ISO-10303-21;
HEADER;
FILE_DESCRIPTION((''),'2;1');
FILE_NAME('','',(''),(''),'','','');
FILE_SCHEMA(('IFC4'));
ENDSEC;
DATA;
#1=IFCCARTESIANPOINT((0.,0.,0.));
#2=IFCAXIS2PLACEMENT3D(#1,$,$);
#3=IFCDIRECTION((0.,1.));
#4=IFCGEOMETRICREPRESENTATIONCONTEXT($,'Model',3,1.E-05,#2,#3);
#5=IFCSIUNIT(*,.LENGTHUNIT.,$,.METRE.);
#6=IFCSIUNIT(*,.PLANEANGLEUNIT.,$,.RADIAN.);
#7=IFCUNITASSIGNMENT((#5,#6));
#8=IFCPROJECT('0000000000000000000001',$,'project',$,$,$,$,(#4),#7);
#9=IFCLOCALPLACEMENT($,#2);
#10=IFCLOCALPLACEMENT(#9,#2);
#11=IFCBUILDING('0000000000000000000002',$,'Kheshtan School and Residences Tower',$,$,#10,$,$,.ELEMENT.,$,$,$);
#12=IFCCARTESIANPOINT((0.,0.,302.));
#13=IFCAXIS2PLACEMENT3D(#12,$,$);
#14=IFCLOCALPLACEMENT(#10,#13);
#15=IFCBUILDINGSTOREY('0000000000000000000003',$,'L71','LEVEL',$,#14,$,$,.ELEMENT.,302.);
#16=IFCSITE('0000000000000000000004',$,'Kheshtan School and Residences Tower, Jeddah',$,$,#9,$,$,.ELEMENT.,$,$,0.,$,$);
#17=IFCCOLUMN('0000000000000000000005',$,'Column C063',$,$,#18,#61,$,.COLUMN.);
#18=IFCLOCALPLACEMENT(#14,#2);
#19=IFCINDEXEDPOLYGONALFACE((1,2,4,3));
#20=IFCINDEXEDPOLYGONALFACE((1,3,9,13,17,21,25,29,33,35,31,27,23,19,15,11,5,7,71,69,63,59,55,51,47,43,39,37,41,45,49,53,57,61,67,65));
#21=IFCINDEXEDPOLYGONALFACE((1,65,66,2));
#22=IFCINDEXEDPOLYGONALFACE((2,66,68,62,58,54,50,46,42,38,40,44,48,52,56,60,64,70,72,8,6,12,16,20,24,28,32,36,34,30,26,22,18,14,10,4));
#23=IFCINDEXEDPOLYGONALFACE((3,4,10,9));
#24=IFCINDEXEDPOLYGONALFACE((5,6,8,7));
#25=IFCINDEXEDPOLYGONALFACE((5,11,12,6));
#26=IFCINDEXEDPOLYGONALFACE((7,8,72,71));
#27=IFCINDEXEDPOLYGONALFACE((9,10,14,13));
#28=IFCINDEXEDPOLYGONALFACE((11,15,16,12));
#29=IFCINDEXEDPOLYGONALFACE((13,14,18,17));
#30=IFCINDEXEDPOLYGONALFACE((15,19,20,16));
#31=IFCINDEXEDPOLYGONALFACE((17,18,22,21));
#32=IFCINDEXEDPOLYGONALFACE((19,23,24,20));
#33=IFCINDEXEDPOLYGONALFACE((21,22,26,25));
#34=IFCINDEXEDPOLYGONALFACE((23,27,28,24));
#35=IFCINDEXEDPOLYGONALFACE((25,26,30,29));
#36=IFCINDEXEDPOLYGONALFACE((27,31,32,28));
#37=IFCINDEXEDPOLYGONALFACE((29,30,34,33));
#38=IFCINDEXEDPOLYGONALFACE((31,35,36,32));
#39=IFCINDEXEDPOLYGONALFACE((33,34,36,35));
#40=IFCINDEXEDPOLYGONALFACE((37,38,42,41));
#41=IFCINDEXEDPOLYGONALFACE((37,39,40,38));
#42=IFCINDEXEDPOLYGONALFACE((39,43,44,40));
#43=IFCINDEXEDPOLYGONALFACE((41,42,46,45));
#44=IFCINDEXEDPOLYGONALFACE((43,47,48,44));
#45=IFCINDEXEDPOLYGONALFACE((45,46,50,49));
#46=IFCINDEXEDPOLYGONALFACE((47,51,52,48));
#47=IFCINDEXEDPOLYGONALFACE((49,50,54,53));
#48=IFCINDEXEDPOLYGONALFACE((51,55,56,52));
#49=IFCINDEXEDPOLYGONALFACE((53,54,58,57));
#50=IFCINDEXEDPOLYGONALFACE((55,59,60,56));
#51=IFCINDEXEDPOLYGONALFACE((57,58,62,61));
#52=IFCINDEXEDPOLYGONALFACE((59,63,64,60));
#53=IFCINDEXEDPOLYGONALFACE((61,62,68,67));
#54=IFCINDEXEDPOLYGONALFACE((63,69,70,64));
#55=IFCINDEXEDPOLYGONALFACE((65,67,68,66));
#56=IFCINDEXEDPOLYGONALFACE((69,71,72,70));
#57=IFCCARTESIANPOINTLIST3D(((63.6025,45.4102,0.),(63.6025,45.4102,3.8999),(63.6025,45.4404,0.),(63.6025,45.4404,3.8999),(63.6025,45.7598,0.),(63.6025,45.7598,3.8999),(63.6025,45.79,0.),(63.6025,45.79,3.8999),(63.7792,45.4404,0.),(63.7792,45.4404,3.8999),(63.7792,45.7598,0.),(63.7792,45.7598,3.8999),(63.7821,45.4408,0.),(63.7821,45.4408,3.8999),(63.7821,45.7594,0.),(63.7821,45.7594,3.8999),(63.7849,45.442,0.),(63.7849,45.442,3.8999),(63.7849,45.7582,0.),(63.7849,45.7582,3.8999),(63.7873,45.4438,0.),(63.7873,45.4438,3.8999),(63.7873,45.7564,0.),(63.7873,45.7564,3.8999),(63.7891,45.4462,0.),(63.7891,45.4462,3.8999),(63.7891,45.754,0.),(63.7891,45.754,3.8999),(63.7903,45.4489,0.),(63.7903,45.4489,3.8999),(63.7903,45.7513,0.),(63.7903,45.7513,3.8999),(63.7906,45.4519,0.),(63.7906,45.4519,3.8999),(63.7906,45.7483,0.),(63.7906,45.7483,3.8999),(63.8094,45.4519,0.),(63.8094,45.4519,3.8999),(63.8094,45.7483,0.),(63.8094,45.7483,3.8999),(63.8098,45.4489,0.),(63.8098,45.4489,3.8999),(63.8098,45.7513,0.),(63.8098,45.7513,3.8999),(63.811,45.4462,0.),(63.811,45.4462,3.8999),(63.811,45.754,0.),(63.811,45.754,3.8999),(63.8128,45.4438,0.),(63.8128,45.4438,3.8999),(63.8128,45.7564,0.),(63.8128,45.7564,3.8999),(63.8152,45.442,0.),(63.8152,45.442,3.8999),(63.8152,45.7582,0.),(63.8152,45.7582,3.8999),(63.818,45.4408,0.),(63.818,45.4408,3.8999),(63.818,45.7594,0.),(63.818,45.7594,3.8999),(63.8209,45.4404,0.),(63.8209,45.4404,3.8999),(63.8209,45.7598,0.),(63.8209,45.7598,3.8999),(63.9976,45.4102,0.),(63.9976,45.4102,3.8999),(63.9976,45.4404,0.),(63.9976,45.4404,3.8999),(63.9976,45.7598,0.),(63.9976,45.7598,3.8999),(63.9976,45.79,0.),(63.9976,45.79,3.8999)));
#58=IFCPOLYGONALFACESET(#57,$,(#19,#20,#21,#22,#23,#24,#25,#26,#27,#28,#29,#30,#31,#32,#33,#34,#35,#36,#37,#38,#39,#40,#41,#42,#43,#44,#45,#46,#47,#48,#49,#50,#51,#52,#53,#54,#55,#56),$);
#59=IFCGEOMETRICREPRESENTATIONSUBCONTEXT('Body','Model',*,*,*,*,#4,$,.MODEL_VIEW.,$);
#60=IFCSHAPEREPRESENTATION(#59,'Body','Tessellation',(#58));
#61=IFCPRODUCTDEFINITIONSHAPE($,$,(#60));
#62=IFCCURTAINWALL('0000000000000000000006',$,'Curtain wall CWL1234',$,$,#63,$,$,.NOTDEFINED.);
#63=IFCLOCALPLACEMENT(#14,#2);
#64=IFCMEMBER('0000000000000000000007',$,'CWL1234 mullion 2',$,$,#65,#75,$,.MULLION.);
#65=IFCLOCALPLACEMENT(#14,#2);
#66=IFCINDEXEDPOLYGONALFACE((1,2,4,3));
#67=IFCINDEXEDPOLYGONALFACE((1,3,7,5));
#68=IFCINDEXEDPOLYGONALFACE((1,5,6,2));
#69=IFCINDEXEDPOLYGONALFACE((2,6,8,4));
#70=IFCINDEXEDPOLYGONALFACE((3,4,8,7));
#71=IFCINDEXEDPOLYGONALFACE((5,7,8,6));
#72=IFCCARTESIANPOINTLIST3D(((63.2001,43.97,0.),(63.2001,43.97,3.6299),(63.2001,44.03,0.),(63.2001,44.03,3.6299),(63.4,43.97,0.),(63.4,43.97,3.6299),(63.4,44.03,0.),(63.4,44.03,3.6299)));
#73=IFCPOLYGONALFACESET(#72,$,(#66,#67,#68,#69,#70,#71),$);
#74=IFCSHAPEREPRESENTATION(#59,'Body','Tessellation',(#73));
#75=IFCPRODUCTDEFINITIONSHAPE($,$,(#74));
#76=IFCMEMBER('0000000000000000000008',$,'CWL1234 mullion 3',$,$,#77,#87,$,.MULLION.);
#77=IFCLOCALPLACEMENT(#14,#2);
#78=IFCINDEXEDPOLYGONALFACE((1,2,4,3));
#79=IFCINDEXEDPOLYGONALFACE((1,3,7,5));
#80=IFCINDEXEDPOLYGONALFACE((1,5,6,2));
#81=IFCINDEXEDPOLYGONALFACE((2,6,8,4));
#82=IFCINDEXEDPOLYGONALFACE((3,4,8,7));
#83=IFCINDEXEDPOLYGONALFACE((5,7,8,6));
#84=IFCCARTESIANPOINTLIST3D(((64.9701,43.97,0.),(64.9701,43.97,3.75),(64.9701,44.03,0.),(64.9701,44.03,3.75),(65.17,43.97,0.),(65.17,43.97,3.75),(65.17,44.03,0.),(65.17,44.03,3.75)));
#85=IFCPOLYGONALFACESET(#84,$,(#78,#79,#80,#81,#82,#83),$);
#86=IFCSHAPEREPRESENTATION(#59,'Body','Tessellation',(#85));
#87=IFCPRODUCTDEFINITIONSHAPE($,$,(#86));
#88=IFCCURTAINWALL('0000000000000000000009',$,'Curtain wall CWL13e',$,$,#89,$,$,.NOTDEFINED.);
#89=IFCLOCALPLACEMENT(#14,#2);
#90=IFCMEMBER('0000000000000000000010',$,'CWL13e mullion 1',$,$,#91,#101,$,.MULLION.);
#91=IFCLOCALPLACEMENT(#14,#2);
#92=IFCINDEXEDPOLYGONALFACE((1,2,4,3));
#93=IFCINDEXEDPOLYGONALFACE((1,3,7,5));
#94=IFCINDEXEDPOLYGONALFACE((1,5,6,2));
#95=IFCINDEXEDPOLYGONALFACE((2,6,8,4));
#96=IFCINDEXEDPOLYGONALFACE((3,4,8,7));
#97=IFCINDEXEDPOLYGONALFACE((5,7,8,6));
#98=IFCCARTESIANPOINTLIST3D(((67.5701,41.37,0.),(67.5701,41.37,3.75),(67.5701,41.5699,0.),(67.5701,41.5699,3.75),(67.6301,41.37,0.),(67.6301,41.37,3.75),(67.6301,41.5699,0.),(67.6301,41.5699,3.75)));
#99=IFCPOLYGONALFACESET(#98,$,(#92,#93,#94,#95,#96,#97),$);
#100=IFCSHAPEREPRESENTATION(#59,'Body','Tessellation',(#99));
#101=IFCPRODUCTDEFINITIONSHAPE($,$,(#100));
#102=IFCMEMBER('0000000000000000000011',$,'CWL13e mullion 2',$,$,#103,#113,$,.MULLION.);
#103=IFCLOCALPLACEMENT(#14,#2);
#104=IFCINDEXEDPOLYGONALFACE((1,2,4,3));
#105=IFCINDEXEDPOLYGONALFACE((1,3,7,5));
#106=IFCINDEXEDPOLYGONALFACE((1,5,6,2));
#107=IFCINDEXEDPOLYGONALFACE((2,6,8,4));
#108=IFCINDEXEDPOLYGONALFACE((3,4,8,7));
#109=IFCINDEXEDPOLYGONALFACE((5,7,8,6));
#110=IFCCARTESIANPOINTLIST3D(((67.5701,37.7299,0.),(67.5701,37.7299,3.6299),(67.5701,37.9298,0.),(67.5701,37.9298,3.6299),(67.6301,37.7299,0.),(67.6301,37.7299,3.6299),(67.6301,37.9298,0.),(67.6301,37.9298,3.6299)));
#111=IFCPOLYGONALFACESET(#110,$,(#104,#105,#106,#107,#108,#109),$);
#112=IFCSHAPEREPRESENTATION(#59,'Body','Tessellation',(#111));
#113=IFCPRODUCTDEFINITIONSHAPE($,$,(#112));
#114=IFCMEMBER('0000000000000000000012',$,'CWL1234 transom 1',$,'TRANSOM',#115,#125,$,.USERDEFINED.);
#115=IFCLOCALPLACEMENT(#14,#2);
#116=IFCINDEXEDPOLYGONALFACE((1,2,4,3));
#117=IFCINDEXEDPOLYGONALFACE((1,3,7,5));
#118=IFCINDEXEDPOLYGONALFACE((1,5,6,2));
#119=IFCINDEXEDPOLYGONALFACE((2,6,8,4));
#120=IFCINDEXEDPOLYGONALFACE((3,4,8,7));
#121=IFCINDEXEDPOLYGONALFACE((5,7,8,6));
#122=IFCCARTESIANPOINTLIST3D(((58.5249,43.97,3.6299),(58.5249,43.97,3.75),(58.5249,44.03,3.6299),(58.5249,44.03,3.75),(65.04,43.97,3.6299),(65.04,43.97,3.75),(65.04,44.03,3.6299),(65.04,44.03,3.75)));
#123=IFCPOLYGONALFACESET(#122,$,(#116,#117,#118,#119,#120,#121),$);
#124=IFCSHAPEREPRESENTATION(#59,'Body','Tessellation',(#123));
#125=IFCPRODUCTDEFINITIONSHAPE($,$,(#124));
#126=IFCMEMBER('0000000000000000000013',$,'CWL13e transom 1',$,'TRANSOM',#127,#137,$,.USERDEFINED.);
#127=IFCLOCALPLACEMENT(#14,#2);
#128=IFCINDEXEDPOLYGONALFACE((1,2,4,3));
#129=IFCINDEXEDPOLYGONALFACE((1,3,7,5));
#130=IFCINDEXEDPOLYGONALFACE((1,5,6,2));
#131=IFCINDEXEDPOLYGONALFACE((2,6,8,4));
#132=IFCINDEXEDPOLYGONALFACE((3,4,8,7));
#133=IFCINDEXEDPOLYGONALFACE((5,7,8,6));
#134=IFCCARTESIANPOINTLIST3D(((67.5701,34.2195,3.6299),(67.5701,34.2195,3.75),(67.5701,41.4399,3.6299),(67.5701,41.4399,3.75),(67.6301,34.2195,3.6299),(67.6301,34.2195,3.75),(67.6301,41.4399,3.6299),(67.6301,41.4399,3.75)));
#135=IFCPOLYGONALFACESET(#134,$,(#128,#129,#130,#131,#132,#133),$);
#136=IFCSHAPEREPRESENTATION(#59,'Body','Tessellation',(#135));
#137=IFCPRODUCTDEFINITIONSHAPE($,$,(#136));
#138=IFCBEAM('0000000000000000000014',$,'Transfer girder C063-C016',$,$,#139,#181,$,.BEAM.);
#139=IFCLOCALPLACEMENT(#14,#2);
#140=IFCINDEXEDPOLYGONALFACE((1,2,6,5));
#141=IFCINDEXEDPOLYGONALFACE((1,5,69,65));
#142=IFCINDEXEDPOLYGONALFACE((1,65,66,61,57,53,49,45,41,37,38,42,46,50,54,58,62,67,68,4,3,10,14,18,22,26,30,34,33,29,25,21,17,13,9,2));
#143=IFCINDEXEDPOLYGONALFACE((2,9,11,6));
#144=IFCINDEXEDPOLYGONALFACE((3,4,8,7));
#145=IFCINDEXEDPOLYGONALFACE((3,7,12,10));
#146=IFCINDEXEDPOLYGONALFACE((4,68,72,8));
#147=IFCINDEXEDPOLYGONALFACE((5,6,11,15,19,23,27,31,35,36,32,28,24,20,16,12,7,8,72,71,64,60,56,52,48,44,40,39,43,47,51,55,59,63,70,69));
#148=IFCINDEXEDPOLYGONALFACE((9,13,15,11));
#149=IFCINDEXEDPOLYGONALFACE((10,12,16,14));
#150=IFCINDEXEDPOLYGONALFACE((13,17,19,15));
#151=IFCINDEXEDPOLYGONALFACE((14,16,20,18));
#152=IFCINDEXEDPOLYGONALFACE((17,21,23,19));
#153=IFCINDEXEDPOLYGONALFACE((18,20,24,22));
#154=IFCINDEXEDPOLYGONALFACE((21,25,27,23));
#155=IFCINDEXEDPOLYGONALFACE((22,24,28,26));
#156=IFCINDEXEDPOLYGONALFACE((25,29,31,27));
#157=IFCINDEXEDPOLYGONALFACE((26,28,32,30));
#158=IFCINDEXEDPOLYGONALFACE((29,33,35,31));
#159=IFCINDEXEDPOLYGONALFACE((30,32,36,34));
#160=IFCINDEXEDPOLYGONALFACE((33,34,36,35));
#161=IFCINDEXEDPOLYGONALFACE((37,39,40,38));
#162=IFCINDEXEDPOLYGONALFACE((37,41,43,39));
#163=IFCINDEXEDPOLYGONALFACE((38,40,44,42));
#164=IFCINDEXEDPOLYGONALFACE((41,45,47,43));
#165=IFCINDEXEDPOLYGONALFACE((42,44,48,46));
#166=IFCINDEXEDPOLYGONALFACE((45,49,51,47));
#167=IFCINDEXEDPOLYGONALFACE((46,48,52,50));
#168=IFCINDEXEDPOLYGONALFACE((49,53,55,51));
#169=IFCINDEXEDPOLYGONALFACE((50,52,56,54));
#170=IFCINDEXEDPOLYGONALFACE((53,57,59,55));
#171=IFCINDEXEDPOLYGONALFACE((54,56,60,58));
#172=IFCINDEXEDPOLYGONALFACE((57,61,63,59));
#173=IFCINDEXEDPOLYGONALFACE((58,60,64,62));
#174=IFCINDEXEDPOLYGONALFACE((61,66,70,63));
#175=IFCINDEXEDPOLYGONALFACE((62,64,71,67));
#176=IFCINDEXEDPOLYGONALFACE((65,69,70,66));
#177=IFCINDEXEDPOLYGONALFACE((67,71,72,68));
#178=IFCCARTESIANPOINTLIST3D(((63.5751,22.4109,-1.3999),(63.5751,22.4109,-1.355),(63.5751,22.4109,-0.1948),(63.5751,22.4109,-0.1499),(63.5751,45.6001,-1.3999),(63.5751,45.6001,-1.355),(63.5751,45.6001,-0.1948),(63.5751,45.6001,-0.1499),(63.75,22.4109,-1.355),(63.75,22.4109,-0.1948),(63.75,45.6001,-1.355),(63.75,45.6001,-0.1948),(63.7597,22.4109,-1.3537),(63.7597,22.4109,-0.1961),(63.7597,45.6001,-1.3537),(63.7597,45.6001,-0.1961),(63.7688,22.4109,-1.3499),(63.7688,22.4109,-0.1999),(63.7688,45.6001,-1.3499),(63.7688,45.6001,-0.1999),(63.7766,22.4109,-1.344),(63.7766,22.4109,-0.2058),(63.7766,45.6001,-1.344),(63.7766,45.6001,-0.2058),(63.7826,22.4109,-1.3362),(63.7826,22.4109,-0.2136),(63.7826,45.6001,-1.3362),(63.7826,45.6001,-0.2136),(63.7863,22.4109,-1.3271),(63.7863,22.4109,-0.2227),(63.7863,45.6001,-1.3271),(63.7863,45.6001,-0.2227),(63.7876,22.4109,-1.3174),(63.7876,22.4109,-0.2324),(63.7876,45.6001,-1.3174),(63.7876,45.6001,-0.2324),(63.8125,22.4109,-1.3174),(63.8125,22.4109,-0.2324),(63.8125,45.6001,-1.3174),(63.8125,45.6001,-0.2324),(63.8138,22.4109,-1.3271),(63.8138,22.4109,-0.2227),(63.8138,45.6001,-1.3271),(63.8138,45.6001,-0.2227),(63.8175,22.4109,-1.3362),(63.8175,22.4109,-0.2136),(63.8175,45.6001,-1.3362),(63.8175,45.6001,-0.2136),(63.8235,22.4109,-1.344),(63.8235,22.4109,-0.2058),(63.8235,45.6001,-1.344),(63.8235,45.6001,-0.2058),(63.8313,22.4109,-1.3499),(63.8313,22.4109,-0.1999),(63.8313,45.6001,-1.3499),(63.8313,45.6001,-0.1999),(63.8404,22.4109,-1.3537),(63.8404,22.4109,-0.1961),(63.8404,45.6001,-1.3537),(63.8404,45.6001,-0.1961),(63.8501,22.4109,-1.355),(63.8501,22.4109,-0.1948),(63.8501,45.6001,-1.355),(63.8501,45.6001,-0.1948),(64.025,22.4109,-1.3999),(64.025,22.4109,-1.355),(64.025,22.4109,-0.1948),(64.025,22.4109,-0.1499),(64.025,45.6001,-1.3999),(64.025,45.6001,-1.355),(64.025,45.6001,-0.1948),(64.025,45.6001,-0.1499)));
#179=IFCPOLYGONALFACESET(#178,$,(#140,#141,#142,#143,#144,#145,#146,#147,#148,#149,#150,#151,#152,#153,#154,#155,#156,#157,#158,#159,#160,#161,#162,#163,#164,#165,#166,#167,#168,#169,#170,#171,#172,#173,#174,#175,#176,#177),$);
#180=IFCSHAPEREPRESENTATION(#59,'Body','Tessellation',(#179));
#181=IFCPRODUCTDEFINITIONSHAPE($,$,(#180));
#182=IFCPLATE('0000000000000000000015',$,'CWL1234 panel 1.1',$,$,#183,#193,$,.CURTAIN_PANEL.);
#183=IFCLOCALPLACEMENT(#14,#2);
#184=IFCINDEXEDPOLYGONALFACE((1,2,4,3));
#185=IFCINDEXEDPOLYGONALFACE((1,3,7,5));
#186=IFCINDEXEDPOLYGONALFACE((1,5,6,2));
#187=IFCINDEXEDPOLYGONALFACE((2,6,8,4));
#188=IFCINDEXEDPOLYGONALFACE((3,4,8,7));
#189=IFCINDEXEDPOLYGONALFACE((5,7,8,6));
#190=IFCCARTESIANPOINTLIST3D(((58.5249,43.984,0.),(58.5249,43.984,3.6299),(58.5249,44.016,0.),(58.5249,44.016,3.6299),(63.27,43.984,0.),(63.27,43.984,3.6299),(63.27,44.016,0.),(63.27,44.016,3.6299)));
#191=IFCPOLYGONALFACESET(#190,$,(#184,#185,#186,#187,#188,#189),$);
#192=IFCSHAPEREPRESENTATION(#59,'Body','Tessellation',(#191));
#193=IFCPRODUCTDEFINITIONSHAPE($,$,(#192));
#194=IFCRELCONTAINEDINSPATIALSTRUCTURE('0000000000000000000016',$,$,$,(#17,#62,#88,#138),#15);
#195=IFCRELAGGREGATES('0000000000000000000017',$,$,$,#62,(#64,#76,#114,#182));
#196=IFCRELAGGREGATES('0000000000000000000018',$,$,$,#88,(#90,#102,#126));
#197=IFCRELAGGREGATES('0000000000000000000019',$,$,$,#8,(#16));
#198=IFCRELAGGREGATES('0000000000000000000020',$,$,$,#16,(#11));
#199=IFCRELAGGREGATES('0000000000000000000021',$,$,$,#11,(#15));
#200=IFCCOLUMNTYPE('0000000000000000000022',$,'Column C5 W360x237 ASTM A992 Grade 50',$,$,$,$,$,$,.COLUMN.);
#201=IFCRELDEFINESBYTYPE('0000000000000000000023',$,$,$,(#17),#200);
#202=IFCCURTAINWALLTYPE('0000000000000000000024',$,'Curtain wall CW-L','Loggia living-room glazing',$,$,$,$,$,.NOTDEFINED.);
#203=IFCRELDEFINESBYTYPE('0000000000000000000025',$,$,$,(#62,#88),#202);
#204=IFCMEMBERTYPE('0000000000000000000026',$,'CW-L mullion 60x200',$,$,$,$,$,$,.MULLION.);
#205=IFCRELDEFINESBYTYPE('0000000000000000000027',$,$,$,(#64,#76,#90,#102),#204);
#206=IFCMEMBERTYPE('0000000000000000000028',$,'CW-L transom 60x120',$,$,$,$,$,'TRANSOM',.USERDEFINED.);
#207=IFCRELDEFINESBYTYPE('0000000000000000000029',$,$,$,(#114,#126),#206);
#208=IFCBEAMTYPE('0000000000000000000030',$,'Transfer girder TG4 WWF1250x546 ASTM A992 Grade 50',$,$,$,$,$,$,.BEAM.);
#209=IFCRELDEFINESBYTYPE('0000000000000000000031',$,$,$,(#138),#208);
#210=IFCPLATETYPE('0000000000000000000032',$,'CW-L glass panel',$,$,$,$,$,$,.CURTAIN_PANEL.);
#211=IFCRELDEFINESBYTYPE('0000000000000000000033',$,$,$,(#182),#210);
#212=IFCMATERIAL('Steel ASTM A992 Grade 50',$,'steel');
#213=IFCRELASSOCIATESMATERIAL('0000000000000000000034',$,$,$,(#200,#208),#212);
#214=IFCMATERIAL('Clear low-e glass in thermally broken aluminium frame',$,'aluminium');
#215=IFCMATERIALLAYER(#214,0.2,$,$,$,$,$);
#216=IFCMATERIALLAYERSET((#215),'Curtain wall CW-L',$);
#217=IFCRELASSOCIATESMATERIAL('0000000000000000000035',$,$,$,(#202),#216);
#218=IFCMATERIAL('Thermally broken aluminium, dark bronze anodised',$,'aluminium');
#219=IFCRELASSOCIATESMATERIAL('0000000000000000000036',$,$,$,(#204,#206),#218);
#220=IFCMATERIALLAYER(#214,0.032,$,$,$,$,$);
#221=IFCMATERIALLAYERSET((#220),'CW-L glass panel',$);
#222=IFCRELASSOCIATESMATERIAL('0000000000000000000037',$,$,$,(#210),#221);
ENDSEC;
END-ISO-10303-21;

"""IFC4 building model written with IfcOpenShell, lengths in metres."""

from ifc_helpers import new_model, si_unit, direction, frame, origin, origin_2d, place, context, subcontext, project, spatial, rectangle, i_section, extrude, material, layer, layer_set, material_profile, profile_set, type_object, element, aggregate, save


model = new_model("IFC4")

# Units and contexts
model_context = context("Model", 3, precision=1e-05, world=origin(), true_north=direction((0.0, 1.0)))
body_context = subcontext(model_context, "Body", "Model", "MODEL_VIEW")
ifc_project = project(units=[si_unit("LENGTHUNIT", "METRE"), si_unit("PLANEANGLEUNIT", "RADIAN")], contexts=[model_context])

# Site, building, storey
site_placement = place(None, origin())
site = spatial("IfcSite", under=ifc_project, at=site_placement, Name="Kheshtan School and Residences Tower, Jeddah", CompositionType="ELEMENT", RefElevation=0.0)
building_placement = place(site_placement, origin())
building = spatial("IfcBuilding", under=site, at=building_placement, Name="Kheshtan School and Residences Tower", CompositionType="ELEMENT")
storey_placement = place(building_placement, frame((0.0, 0.0, 302.0)))
storey = spatial("IfcBuildingStorey", under=building, at=storey_placement, Name="L71", Description="LEVEL", CompositionType="ELEMENT", Elevation=302.0)

# Column
ifc_material_1 = material(Name="Steel ASTM A992 Grade 50", Category="steel")
ifc_material_profile_1 = material_profile(ifc_material_1, i_section(OverallWidth=0.395, OverallDepth=0.3799, WebThickness=0.0188, FlangeThickness=0.0303, FilletRadius=0.0115, at=origin_2d()), Name="W360x237")
ifc_profile_set_1 = profile_set([ifc_material_profile_1], Name="Steel ASTM A992 Grade 50")
column_type = type_object("IfcColumnType", Name="Column C5 W360x237 ASTM A992 Grade 50", PredefinedType="COLUMN", material=ifc_profile_set_1)
column_placement = place(storey_placement, frame((63.8, 45.6001, 0.0), z_axis=(0.0, 0.0, 1.0), x_axis=(1.0, 0.0, 0.0)))
element("IfcColumn", 1, at=column_placement, inside=storey, type_object=column_type, Name="Column C063", PredefinedType="COLUMN", context=body_context, shape_type="SweptSolid", body=[
    extrude(i_section(OverallWidth=0.395, OverallDepth=0.3799, WebThickness=0.0188, FlangeThickness=0.0303, FilletRadius=0.0115, at=origin_2d()), origin(), (0.0, 0.0, 1.0), 3.8999),
])

# Curtain walls, members
ifc_material_2 = material(Name="Clear low-e glass in thermally broken aluminium frame", Category="aluminium")
ifc_layer_1 = layer(ifc_material_2, 0.2)
ifc_layer_set_1 = layer_set([ifc_layer_1], Name="Curtain wall CW-L")
curtain_wall_type = type_object("IfcCurtainWallType", Name="Curtain wall CW-L", Description="Loggia living-room glazing", PredefinedType="NOTDEFINED", material=ifc_layer_set_1)
curtain_wall_1_placement = place(storey_placement, origin())
curtain_wall_1 = element("IfcCurtainWall", 2, at=curtain_wall_1_placement, inside=storey, type_object=curtain_wall_type, Name="Curtain wall CWL1234", PredefinedType="NOTDEFINED")
ifc_material_3 = material(Name="Thermally broken aluminium, dark bronze anodised", Category="aluminium")
ifc_material_profile_2 = material_profile(ifc_material_3, rectangle(XDim=0.0601, YDim=0.2, at=origin_2d()), Name="CW-L mullion 60x200")
ifc_profile_set_2 = profile_set([ifc_material_profile_2], Name="Thermally broken aluminium, dark bronze anodised")
member_type_1 = type_object("IfcMemberType", Name="CW-L mullion 60x200", PredefinedType="MULLION", material=ifc_profile_set_2)
member_1_placement = place(storey_placement, frame((63.3, 44.0, 0.0), z_axis=(0.0, 0.0, 1.0), x_axis=(0.0, 1.0, 0.0)))
member_1 = element("IfcMember", 3, at=member_1_placement, type_object=member_type_1, Name="CWL1234 mullion 2", PredefinedType="MULLION", context=body_context, shape_type="SweptSolid", body=[
    extrude(rectangle(XDim=0.0601, YDim=0.2, at=origin_2d()), origin(), (0.0, 0.0, 1.0), 3.6299),
])
member_2_placement = place(storey_placement, frame((65.0701, 44.0, 0.0), z_axis=(0.0, 0.0, 1.0), x_axis=(0.0, 1.0, 0.0)))
member_2 = element("IfcMember", 4, at=member_2_placement, type_object=member_type_1, Name="CWL1234 mullion 3", PredefinedType="MULLION", context=body_context, shape_type="SweptSolid", body=[
    extrude(rectangle(XDim=0.0601, YDim=0.2, at=origin_2d()), origin(), (0.0, 0.0, 1.0), 3.75),
])
curtain_wall_2_placement = place(storey_placement, origin())
curtain_wall_2 = element("IfcCurtainWall", 5, at=curtain_wall_2_placement, inside=storey, type_object=curtain_wall_type, Name="Curtain wall CWL13e", PredefinedType="NOTDEFINED")
member_3_placement = place(storey_placement, frame((67.6001, 41.47, 0.0), z_axis=(0.0, 0.0, 1.0), x_axis=(1.0, 0.0, 0.0)))
member_3 = element("IfcMember", 6, at=member_3_placement, type_object=member_type_1, Name="CWL13e mullion 1", PredefinedType="MULLION", context=body_context, shape_type="SweptSolid", body=[
    extrude(rectangle(XDim=0.0601, YDim=0.2, at=origin_2d()), origin(), (0.0, 0.0, 1.0), 3.75),
])
member_4_placement = place(storey_placement, frame((67.6001, 37.8298, 0.0), z_axis=(0.0, 0.0, 1.0), x_axis=(1.0, 0.0, 0.0)))
member_4 = element("IfcMember", 7, at=member_4_placement, type_object=member_type_1, Name="CWL13e mullion 2", PredefinedType="MULLION", context=body_context, shape_type="SweptSolid", body=[
    extrude(rectangle(XDim=0.0601, YDim=0.2, at=origin_2d()), origin(), (0.0, 0.0, 1.0), 3.6299),
])

# Members
ifc_material_profile_3 = material_profile(ifc_material_3, rectangle(XDim=0.0601, YDim=0.1201, at=origin_2d()), Name="CW-L transom 60x120")
ifc_profile_set_3 = profile_set([ifc_material_profile_3], Name="Thermally broken aluminium, dark bronze anodised")
member_type_2 = type_object("IfcMemberType", Name="CW-L transom 60x120", ElementType="TRANSOM", PredefinedType="USERDEFINED", material=ifc_profile_set_3)
member_5_placement = place(storey_placement, frame((58.5249, 44.0, 3.6899), z_axis=(1.0, 0.0, 0.0), x_axis=(0.0, 1.0, 0.0)))
member_5 = element("IfcMember", 8, at=member_5_placement, type_object=member_type_2, Name="CWL1234 transom 1", ObjectType="TRANSOM", PredefinedType="USERDEFINED", context=body_context, shape_type="SweptSolid", body=[
    extrude(rectangle(XDim=0.0601, YDim=0.1201, at=origin_2d()), origin(), (0.0, 0.0, 1.0), 6.5151),
])
member_6_placement = place(storey_placement, frame((67.6001, 41.4399, 3.6899), z_axis=(0.0, -1.0, 0.0), x_axis=(1.0, 0.0, 0.0)))
member_6 = element("IfcMember", 9, at=member_6_placement, type_object=member_type_2, Name="CWL13e transom 1", ObjectType="TRANSOM", PredefinedType="USERDEFINED", context=body_context, shape_type="SweptSolid", body=[
    extrude(rectangle(XDim=0.0601, YDim=0.1201, at=origin_2d()), origin(), (0.0, 0.0, 1.0), 7.2205),
])

# Beam
ifc_material_profile_4 = material_profile(ifc_material_1, i_section(OverallWidth=0.45, OverallDepth=1.25, WebThickness=0.0249, FlangeThickness=0.0449, FilletRadius=0.0376, at=origin_2d()), Name="WWF1250x546")
ifc_profile_set_4 = profile_set([ifc_material_profile_4], Name="Steel ASTM A992 Grade 50")
beam_type = type_object("IfcBeamType", Name="Transfer girder TG4 WWF1250x546 ASTM A992 Grade 50", PredefinedType="BEAM", material=ifc_profile_set_4)
beam_placement = place(storey_placement, frame((63.8, 45.6001, -0.7749), z_axis=(0.0, -1.0, 0.0), x_axis=(1.0, 0.0, 0.0)))
element("IfcBeam", 10, at=beam_placement, inside=storey, type_object=beam_type, Name="Transfer girder C063-C016", PredefinedType="BEAM", context=body_context, shape_type="SweptSolid", body=[
    extrude(i_section(OverallWidth=0.45, OverallDepth=1.25, WebThickness=0.0249, FlangeThickness=0.0449, FilletRadius=0.0376, at=origin_2d()), origin(), (0.0, 0.0, 1.0), 23.1892),
])

# Plate
ifc_layer_2 = layer(ifc_material_2, 0.032)
ifc_layer_set_2 = layer_set([ifc_layer_2], Name="CW-L glass panel")
plate_type = type_object("IfcPlateType", Name="CW-L glass panel", PredefinedType="CURTAIN_PANEL", material=ifc_layer_set_2)
plate_1_placement = place(storey_placement, frame((60.8975, 44.0, 0.0), z_axis=(0.0, 0.0, 1.0), x_axis=(1.0, 0.0, 0.0)))
plate_1 = element("IfcPlate", 11, at=plate_1_placement, type_object=plate_type, Name="CWL1234 panel 1.1", PredefinedType="CURTAIN_PANEL", context=body_context, shape_type="SweptSolid", body=[
    extrude(rectangle(XDim=4.7451, YDim=0.032, at=origin_2d()), origin(), (0.0, 0.0, 1.0), 3.6299),
])
aggregate(curtain_wall_1, [member_1, member_2, member_5, plate_1])
aggregate(curtain_wall_2, [member_3, member_4, member_6])

save(model, "model.ifc")
